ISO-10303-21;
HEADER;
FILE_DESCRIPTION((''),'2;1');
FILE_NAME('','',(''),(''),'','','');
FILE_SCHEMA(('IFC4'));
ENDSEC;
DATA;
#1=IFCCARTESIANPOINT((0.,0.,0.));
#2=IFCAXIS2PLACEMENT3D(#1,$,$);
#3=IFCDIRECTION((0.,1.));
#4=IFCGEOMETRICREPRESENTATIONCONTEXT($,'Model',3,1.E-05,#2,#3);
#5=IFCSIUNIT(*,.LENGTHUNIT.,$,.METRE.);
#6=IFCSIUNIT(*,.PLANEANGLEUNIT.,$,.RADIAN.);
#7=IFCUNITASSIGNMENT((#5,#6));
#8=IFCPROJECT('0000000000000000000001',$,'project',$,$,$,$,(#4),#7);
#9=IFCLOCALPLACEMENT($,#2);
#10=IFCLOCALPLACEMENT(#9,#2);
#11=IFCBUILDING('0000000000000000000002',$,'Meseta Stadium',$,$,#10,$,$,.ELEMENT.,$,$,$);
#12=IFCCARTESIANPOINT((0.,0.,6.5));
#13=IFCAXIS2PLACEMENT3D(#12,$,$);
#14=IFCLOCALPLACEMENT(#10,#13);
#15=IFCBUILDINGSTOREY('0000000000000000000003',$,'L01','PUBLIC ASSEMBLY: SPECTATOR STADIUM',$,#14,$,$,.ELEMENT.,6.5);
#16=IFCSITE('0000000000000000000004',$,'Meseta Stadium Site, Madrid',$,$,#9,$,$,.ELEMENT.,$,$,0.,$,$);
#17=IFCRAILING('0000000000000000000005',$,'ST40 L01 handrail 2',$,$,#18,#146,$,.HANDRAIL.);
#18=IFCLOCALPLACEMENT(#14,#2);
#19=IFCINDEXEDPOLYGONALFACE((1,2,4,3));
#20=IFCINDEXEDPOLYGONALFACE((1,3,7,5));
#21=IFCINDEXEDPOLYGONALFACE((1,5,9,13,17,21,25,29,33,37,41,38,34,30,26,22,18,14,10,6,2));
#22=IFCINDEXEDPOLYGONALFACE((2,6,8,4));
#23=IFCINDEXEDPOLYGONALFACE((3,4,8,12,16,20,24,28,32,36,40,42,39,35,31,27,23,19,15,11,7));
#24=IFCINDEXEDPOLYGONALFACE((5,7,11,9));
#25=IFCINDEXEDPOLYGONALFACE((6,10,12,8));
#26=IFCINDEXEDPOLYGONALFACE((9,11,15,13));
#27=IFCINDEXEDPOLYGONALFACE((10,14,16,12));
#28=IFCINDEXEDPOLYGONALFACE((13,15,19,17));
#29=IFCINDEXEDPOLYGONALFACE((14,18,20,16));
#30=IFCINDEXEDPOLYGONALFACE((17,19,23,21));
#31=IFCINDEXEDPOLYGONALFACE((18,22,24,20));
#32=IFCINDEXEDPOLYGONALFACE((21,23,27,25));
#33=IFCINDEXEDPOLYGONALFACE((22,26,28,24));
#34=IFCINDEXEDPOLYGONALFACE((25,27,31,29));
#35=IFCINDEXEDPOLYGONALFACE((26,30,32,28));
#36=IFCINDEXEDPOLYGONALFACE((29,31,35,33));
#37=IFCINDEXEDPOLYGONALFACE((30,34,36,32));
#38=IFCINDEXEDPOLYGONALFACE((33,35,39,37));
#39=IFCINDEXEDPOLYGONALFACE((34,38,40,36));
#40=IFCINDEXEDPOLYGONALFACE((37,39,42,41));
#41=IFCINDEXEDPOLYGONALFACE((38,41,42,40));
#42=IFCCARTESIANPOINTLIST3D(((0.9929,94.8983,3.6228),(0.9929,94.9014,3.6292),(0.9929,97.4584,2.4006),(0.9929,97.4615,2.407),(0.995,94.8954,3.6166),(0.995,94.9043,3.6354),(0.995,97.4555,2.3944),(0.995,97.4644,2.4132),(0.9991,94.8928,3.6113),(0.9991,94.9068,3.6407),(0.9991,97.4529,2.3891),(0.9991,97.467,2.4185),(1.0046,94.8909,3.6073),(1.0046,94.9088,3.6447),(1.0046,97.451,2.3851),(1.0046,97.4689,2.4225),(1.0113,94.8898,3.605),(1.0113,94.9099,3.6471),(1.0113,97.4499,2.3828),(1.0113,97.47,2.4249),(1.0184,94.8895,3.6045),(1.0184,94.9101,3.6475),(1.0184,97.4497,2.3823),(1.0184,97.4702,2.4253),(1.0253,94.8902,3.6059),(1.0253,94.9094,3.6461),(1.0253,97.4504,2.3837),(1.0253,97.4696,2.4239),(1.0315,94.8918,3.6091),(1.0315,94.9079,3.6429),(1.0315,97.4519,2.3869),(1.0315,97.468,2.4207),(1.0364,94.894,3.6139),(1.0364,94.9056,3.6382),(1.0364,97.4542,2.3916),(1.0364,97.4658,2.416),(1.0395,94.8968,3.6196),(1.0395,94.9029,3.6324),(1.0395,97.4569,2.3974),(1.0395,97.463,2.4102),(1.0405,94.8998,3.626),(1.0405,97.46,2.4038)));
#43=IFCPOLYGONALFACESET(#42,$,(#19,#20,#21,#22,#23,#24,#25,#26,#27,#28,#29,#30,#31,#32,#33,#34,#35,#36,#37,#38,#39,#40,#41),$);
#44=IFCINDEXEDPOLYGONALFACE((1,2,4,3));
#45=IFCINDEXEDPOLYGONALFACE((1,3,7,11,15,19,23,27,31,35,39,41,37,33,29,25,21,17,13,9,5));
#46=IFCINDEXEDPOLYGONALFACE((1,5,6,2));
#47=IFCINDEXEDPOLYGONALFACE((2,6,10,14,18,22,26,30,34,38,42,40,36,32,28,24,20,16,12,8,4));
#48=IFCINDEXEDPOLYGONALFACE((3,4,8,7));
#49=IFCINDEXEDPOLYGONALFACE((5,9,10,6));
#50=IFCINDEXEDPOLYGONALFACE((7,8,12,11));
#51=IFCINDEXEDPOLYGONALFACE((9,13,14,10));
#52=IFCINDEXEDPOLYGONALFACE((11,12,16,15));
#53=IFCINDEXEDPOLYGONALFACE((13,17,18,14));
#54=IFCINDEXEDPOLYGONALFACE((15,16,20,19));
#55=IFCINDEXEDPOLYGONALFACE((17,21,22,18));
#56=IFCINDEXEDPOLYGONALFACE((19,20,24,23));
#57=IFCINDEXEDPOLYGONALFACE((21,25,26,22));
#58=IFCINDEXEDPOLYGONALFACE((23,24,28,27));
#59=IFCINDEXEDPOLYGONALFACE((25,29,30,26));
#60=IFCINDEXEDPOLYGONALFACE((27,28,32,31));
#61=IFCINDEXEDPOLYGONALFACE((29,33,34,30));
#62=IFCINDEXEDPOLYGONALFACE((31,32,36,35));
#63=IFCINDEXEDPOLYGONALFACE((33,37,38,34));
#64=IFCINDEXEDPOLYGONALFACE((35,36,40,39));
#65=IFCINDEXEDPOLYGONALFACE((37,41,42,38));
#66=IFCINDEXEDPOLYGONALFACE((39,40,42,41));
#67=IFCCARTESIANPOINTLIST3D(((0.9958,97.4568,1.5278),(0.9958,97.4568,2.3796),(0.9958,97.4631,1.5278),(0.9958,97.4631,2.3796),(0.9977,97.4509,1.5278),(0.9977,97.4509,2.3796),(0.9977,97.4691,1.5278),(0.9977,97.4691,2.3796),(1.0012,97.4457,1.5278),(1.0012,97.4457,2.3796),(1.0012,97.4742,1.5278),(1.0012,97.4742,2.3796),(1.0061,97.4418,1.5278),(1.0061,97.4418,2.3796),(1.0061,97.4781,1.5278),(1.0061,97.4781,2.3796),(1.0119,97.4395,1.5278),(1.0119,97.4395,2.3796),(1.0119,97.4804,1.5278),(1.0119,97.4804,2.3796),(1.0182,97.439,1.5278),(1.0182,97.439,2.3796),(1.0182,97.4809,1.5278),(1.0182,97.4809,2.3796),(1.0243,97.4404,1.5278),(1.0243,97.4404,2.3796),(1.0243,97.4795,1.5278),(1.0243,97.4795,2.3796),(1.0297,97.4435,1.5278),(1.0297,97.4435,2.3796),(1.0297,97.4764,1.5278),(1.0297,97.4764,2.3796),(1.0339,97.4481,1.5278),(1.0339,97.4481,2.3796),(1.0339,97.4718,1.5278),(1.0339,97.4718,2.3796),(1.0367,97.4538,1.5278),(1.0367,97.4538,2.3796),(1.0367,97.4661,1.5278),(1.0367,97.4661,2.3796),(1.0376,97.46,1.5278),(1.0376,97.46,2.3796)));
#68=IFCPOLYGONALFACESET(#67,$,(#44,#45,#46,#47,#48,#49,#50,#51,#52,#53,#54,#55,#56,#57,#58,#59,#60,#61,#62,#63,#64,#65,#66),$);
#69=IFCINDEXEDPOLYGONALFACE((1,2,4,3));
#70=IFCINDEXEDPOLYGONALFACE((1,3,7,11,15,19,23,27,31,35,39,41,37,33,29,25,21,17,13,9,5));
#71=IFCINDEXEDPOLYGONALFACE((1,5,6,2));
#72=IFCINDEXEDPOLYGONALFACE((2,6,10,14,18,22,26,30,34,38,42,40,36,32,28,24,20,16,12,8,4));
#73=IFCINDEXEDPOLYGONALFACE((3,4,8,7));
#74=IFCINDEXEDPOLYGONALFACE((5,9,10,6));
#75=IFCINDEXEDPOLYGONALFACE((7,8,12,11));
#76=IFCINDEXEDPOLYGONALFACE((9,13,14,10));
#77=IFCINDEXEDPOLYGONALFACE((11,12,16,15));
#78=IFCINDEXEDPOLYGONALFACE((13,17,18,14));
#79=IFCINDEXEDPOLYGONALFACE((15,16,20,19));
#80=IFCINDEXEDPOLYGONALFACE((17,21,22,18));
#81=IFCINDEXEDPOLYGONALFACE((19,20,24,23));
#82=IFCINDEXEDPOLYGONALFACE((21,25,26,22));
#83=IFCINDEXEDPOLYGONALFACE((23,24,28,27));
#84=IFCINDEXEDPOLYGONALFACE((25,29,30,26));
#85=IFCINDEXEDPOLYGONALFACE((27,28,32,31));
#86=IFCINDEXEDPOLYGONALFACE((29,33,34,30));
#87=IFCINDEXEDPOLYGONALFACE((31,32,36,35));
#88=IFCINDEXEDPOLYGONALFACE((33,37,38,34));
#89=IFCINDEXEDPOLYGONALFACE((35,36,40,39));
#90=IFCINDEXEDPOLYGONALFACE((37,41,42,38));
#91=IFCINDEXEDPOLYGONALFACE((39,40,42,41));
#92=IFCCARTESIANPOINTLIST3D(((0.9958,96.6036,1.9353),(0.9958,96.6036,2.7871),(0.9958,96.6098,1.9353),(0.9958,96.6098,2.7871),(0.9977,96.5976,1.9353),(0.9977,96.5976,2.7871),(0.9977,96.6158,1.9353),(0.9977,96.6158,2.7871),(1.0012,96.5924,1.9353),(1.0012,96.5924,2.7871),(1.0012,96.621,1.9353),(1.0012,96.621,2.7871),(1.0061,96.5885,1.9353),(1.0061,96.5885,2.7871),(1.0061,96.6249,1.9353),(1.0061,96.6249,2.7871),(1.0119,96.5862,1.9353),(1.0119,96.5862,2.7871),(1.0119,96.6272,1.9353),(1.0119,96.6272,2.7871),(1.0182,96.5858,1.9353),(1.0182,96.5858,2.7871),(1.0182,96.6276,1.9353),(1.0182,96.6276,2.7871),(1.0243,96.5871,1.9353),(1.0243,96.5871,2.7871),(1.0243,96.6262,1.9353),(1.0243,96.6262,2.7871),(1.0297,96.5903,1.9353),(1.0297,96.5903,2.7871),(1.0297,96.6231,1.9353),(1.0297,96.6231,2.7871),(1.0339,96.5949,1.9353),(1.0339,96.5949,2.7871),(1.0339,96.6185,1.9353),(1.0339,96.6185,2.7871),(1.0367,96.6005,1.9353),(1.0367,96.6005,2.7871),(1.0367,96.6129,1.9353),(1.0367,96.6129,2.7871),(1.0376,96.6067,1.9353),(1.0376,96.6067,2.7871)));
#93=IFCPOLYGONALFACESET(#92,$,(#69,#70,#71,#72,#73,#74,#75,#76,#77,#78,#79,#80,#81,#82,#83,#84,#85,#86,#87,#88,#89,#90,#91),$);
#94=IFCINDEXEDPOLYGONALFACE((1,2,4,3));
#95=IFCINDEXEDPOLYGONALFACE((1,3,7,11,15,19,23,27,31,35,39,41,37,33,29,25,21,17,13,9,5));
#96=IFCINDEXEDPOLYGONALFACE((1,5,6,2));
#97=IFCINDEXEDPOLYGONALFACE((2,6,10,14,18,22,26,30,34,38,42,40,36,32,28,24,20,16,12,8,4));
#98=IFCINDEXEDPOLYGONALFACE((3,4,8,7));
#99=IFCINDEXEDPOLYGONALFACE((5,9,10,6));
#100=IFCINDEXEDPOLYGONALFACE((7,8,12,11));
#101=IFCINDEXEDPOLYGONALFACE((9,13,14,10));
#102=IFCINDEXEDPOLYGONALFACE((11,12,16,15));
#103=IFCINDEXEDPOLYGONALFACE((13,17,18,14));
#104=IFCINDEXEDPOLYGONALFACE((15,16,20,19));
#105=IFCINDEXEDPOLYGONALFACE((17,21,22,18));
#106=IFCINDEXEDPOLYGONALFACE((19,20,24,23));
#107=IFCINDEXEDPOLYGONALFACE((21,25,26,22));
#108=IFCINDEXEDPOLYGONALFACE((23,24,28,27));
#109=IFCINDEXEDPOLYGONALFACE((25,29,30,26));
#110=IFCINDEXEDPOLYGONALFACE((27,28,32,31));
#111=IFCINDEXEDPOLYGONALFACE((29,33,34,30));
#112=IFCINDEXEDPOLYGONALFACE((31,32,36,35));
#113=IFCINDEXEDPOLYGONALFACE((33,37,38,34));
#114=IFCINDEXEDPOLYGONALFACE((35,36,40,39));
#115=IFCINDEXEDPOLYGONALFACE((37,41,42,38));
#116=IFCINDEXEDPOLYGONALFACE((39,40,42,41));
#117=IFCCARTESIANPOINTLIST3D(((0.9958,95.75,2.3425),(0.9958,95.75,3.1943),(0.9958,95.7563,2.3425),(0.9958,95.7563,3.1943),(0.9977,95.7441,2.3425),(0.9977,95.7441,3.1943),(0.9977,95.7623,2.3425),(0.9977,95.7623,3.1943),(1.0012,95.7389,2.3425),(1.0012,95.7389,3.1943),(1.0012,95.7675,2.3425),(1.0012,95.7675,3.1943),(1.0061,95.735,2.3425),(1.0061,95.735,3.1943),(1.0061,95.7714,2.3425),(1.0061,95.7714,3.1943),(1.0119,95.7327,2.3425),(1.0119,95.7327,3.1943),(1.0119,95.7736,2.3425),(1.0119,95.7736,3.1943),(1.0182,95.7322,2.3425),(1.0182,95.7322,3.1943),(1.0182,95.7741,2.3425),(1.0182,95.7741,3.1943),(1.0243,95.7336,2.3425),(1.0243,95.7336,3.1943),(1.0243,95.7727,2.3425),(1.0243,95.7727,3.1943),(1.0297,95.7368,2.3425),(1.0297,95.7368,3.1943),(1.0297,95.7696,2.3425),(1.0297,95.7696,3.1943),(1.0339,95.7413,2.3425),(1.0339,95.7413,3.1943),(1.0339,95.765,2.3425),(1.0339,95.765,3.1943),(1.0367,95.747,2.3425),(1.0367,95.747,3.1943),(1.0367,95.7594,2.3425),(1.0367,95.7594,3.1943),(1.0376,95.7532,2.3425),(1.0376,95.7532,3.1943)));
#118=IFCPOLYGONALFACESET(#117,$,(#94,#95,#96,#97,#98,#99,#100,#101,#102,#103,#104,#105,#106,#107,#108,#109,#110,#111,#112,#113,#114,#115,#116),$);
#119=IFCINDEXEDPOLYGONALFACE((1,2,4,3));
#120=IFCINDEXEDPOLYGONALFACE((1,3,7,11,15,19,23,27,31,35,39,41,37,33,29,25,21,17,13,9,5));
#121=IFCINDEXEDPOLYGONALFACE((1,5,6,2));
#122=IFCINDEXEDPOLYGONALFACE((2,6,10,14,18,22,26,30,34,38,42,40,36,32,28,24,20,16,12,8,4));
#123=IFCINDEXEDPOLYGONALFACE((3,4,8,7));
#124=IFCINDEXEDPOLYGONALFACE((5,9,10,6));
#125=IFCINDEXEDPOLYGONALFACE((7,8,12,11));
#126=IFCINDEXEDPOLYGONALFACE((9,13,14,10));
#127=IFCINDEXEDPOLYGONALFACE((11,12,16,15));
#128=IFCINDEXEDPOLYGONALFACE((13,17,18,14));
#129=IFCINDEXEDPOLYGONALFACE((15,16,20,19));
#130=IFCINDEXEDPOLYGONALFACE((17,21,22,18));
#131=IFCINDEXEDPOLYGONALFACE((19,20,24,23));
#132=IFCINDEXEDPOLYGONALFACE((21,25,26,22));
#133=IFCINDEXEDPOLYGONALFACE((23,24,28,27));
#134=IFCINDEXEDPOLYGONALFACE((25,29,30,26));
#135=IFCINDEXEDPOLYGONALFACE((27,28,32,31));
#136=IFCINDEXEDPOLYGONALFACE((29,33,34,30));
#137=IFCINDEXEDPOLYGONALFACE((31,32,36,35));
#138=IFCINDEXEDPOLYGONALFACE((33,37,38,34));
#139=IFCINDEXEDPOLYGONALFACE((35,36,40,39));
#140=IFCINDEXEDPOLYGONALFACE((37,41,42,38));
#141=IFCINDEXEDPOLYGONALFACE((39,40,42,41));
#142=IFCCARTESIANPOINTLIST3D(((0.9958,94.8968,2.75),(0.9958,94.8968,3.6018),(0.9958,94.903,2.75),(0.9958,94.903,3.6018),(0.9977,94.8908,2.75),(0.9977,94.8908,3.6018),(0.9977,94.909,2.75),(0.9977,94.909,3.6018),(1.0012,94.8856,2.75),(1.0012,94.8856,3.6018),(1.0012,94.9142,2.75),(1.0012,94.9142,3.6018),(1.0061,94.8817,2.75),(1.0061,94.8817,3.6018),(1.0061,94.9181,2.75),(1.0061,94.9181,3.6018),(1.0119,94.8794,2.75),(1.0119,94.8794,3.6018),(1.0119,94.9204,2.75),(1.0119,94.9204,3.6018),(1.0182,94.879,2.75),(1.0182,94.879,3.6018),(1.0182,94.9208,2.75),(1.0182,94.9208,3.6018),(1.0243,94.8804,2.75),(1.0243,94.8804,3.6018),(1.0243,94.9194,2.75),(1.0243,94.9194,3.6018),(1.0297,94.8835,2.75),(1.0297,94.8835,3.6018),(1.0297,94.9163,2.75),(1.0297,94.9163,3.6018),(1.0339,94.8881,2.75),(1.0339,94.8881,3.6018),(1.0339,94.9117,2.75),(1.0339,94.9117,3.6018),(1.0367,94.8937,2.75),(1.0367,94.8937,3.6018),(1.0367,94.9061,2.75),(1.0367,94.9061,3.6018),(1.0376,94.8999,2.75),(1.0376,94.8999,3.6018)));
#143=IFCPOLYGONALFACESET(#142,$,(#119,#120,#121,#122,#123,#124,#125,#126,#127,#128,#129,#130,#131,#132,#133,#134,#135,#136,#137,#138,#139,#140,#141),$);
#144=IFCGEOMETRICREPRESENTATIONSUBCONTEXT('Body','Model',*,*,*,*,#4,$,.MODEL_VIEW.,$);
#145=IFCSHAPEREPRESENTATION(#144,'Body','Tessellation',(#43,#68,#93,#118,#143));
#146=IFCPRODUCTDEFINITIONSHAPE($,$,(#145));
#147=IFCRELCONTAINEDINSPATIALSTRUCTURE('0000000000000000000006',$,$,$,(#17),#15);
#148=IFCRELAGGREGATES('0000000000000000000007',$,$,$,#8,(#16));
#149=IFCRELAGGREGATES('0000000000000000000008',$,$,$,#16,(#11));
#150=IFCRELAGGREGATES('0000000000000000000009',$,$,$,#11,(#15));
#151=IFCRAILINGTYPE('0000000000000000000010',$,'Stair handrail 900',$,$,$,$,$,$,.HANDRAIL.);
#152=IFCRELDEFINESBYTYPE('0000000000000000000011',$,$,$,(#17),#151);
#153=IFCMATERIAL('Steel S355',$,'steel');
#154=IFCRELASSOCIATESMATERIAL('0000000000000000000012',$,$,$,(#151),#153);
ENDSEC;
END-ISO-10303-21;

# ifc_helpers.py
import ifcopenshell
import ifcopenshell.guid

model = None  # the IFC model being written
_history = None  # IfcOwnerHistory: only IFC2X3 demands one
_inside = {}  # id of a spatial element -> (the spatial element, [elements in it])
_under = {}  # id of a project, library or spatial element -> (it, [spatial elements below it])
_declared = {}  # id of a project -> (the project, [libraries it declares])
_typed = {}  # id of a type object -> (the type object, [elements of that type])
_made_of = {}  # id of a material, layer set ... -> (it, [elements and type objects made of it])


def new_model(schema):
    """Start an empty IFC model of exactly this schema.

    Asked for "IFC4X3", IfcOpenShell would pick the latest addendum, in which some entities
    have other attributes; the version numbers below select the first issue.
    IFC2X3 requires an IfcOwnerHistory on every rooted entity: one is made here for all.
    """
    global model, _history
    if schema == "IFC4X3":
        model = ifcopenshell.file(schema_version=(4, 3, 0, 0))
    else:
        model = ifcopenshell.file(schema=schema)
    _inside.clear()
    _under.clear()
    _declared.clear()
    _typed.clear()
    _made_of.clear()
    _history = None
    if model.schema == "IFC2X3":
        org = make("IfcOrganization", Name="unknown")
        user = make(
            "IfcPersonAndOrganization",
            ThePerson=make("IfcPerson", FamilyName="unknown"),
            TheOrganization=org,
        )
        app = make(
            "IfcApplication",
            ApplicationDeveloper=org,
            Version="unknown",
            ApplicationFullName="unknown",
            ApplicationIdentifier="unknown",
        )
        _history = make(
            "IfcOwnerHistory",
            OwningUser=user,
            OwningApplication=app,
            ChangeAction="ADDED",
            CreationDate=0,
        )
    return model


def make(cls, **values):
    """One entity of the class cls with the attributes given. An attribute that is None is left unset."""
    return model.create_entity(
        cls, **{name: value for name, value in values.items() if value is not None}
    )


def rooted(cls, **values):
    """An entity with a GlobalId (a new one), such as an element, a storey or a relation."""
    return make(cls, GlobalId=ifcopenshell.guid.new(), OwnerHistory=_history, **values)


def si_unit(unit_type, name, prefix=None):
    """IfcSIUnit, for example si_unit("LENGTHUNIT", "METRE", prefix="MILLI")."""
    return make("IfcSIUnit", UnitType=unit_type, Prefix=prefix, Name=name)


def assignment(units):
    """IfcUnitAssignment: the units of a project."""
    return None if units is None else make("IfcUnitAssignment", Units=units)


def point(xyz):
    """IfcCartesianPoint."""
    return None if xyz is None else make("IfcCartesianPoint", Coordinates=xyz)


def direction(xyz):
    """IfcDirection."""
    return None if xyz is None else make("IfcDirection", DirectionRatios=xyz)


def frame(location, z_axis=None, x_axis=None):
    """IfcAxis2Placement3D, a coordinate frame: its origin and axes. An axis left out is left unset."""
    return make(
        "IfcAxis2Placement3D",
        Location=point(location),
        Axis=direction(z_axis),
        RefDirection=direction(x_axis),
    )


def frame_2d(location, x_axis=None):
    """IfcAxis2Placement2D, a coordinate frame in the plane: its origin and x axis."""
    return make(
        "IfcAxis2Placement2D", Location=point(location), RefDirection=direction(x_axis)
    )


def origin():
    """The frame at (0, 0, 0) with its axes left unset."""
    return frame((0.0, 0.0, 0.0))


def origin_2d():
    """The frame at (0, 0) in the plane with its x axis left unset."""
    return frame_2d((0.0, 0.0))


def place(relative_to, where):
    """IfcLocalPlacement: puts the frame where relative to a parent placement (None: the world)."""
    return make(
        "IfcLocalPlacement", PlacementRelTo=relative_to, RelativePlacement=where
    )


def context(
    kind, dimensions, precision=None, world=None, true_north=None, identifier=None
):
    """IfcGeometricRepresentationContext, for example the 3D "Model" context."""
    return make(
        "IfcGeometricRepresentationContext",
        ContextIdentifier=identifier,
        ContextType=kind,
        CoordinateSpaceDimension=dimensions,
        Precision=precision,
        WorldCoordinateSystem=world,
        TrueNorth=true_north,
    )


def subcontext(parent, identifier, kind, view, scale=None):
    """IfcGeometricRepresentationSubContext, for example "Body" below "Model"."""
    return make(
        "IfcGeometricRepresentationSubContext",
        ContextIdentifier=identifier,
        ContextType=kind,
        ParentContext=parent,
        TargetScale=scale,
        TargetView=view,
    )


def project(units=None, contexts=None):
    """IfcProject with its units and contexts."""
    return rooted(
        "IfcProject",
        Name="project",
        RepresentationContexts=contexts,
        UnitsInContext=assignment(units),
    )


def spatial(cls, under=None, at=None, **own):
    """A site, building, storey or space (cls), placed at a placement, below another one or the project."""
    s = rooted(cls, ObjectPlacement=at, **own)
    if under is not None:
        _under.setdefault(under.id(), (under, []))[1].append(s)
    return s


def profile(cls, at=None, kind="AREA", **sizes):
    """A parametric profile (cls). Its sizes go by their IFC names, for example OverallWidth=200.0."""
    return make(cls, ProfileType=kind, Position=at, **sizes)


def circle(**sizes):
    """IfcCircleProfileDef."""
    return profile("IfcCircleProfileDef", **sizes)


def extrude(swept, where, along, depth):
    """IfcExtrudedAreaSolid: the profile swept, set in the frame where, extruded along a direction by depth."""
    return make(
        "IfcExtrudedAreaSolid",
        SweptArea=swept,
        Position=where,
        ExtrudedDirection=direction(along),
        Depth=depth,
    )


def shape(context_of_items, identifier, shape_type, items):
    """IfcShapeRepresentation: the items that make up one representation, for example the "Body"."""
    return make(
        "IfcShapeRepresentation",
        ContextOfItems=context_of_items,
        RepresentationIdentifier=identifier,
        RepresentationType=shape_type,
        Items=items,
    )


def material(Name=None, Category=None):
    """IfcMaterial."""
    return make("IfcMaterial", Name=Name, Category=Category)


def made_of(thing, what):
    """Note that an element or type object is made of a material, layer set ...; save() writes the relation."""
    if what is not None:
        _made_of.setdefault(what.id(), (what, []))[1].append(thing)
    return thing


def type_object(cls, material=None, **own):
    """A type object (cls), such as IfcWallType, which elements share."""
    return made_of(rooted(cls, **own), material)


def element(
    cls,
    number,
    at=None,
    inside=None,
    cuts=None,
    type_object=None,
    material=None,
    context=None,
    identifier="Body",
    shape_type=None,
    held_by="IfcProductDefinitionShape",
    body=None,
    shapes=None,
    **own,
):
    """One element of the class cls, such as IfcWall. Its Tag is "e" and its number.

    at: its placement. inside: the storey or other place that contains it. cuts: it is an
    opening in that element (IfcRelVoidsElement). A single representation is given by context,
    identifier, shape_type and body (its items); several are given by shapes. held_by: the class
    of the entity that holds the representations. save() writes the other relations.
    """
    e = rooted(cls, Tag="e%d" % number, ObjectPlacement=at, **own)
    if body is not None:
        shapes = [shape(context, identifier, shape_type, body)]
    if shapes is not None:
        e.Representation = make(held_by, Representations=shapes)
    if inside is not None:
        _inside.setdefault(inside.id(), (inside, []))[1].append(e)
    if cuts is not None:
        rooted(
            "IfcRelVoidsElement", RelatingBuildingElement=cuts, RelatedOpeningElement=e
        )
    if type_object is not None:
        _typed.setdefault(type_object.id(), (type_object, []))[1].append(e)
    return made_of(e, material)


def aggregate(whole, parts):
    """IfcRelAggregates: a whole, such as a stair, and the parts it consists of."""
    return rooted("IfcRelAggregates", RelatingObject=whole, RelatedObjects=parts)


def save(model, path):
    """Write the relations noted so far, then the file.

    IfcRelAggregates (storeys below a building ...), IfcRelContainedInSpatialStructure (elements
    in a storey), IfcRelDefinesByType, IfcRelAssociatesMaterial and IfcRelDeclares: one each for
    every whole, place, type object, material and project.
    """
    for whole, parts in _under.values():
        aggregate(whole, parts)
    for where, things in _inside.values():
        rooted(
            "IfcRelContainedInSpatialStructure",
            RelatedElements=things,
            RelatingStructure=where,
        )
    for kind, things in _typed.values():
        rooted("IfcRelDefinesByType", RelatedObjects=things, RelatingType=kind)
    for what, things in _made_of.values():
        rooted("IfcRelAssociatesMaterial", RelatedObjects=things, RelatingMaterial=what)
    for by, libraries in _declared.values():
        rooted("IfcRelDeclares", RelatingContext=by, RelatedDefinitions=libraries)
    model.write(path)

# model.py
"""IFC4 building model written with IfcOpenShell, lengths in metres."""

from ifc_helpers import new_model, si_unit, direction, frame, origin, origin_2d, place, context, subcontext, project, spatial, circle, extrude, material, type_object, element, save


model = new_model("IFC4")

# Units and contexts
model_context = context("Model", 3, precision=1e-05, world=origin(), true_north=direction((0.0, 1.0)))
body_context = subcontext(model_context, "Body", "Model", "MODEL_VIEW")
ifc_project = project(units=[si_unit("LENGTHUNIT", "METRE"), si_unit("PLANEANGLEUNIT", "RADIAN")], contexts=[model_context])

# Site, building, storey
site_placement = place(None, origin())
site = spatial("IfcSite", under=ifc_project, at=site_placement, Name="Meseta Stadium Site, Madrid", CompositionType="ELEMENT", RefElevation=0.0)
building_placement = place(site_placement, origin())
building = spatial("IfcBuilding", under=site, at=building_placement, Name="Meseta Stadium", CompositionType="ELEMENT")
storey_placement = place(building_placement, frame((0.0, 0.0, 6.5)))
storey = spatial("IfcBuildingStorey", under=building, at=storey_placement, Name="L01", Description="PUBLIC ASSEMBLY: SPECTATOR STADIUM", CompositionType="ELEMENT", Elevation=6.5)

# Railing
ifc_material_1 = material(Name="Steel S355", Category="steel")
railing_type_1 = type_object("IfcRailingType", Name="Stair handrail 900", PredefinedType="HANDRAIL", material=ifc_material_1)
railing_1_placement = place(storey_placement, frame((1.0166, 97.46, 1.5278)))
element("IfcRailing", 1, at=railing_1_placement, inside=storey, type_object=railing_type_1, Name="ST40 L01 handrail 2", PredefinedType="HANDRAIL", context=body_context, shape_type="SweptSolid", body=[
    extrude(circle(Radius=0.0239, at=origin_2d()), frame((0.0, 0.0, 0.876), z_axis=(0.0, -0.902437, 0.430822), x_axis=(1.0, 0.0, 0.0)), (0.0, 0.0, 1.0), 2.8369),
    extrude(circle(Radius=0.021, at=origin_2d()), origin(), (0.0, 0.0, 1.0), 0.8518),
    extrude(circle(Radius=0.021, at=origin_2d()), frame((0.0, -0.8533, 0.4075)), (0.0, 0.0, 1.0), 0.8518),
    extrude(circle(Radius=0.021, at=origin_2d()), frame((0.0, -1.7068, 0.8147)), (0.0, 0.0, 1.0), 0.8518),
    extrude(circle(Radius=0.021, at=origin_2d()), frame((0.0, -2.5601, 1.2222)), (0.0, 0.0, 1.0), 0.8518),
])

save(model, "model.ifc")
